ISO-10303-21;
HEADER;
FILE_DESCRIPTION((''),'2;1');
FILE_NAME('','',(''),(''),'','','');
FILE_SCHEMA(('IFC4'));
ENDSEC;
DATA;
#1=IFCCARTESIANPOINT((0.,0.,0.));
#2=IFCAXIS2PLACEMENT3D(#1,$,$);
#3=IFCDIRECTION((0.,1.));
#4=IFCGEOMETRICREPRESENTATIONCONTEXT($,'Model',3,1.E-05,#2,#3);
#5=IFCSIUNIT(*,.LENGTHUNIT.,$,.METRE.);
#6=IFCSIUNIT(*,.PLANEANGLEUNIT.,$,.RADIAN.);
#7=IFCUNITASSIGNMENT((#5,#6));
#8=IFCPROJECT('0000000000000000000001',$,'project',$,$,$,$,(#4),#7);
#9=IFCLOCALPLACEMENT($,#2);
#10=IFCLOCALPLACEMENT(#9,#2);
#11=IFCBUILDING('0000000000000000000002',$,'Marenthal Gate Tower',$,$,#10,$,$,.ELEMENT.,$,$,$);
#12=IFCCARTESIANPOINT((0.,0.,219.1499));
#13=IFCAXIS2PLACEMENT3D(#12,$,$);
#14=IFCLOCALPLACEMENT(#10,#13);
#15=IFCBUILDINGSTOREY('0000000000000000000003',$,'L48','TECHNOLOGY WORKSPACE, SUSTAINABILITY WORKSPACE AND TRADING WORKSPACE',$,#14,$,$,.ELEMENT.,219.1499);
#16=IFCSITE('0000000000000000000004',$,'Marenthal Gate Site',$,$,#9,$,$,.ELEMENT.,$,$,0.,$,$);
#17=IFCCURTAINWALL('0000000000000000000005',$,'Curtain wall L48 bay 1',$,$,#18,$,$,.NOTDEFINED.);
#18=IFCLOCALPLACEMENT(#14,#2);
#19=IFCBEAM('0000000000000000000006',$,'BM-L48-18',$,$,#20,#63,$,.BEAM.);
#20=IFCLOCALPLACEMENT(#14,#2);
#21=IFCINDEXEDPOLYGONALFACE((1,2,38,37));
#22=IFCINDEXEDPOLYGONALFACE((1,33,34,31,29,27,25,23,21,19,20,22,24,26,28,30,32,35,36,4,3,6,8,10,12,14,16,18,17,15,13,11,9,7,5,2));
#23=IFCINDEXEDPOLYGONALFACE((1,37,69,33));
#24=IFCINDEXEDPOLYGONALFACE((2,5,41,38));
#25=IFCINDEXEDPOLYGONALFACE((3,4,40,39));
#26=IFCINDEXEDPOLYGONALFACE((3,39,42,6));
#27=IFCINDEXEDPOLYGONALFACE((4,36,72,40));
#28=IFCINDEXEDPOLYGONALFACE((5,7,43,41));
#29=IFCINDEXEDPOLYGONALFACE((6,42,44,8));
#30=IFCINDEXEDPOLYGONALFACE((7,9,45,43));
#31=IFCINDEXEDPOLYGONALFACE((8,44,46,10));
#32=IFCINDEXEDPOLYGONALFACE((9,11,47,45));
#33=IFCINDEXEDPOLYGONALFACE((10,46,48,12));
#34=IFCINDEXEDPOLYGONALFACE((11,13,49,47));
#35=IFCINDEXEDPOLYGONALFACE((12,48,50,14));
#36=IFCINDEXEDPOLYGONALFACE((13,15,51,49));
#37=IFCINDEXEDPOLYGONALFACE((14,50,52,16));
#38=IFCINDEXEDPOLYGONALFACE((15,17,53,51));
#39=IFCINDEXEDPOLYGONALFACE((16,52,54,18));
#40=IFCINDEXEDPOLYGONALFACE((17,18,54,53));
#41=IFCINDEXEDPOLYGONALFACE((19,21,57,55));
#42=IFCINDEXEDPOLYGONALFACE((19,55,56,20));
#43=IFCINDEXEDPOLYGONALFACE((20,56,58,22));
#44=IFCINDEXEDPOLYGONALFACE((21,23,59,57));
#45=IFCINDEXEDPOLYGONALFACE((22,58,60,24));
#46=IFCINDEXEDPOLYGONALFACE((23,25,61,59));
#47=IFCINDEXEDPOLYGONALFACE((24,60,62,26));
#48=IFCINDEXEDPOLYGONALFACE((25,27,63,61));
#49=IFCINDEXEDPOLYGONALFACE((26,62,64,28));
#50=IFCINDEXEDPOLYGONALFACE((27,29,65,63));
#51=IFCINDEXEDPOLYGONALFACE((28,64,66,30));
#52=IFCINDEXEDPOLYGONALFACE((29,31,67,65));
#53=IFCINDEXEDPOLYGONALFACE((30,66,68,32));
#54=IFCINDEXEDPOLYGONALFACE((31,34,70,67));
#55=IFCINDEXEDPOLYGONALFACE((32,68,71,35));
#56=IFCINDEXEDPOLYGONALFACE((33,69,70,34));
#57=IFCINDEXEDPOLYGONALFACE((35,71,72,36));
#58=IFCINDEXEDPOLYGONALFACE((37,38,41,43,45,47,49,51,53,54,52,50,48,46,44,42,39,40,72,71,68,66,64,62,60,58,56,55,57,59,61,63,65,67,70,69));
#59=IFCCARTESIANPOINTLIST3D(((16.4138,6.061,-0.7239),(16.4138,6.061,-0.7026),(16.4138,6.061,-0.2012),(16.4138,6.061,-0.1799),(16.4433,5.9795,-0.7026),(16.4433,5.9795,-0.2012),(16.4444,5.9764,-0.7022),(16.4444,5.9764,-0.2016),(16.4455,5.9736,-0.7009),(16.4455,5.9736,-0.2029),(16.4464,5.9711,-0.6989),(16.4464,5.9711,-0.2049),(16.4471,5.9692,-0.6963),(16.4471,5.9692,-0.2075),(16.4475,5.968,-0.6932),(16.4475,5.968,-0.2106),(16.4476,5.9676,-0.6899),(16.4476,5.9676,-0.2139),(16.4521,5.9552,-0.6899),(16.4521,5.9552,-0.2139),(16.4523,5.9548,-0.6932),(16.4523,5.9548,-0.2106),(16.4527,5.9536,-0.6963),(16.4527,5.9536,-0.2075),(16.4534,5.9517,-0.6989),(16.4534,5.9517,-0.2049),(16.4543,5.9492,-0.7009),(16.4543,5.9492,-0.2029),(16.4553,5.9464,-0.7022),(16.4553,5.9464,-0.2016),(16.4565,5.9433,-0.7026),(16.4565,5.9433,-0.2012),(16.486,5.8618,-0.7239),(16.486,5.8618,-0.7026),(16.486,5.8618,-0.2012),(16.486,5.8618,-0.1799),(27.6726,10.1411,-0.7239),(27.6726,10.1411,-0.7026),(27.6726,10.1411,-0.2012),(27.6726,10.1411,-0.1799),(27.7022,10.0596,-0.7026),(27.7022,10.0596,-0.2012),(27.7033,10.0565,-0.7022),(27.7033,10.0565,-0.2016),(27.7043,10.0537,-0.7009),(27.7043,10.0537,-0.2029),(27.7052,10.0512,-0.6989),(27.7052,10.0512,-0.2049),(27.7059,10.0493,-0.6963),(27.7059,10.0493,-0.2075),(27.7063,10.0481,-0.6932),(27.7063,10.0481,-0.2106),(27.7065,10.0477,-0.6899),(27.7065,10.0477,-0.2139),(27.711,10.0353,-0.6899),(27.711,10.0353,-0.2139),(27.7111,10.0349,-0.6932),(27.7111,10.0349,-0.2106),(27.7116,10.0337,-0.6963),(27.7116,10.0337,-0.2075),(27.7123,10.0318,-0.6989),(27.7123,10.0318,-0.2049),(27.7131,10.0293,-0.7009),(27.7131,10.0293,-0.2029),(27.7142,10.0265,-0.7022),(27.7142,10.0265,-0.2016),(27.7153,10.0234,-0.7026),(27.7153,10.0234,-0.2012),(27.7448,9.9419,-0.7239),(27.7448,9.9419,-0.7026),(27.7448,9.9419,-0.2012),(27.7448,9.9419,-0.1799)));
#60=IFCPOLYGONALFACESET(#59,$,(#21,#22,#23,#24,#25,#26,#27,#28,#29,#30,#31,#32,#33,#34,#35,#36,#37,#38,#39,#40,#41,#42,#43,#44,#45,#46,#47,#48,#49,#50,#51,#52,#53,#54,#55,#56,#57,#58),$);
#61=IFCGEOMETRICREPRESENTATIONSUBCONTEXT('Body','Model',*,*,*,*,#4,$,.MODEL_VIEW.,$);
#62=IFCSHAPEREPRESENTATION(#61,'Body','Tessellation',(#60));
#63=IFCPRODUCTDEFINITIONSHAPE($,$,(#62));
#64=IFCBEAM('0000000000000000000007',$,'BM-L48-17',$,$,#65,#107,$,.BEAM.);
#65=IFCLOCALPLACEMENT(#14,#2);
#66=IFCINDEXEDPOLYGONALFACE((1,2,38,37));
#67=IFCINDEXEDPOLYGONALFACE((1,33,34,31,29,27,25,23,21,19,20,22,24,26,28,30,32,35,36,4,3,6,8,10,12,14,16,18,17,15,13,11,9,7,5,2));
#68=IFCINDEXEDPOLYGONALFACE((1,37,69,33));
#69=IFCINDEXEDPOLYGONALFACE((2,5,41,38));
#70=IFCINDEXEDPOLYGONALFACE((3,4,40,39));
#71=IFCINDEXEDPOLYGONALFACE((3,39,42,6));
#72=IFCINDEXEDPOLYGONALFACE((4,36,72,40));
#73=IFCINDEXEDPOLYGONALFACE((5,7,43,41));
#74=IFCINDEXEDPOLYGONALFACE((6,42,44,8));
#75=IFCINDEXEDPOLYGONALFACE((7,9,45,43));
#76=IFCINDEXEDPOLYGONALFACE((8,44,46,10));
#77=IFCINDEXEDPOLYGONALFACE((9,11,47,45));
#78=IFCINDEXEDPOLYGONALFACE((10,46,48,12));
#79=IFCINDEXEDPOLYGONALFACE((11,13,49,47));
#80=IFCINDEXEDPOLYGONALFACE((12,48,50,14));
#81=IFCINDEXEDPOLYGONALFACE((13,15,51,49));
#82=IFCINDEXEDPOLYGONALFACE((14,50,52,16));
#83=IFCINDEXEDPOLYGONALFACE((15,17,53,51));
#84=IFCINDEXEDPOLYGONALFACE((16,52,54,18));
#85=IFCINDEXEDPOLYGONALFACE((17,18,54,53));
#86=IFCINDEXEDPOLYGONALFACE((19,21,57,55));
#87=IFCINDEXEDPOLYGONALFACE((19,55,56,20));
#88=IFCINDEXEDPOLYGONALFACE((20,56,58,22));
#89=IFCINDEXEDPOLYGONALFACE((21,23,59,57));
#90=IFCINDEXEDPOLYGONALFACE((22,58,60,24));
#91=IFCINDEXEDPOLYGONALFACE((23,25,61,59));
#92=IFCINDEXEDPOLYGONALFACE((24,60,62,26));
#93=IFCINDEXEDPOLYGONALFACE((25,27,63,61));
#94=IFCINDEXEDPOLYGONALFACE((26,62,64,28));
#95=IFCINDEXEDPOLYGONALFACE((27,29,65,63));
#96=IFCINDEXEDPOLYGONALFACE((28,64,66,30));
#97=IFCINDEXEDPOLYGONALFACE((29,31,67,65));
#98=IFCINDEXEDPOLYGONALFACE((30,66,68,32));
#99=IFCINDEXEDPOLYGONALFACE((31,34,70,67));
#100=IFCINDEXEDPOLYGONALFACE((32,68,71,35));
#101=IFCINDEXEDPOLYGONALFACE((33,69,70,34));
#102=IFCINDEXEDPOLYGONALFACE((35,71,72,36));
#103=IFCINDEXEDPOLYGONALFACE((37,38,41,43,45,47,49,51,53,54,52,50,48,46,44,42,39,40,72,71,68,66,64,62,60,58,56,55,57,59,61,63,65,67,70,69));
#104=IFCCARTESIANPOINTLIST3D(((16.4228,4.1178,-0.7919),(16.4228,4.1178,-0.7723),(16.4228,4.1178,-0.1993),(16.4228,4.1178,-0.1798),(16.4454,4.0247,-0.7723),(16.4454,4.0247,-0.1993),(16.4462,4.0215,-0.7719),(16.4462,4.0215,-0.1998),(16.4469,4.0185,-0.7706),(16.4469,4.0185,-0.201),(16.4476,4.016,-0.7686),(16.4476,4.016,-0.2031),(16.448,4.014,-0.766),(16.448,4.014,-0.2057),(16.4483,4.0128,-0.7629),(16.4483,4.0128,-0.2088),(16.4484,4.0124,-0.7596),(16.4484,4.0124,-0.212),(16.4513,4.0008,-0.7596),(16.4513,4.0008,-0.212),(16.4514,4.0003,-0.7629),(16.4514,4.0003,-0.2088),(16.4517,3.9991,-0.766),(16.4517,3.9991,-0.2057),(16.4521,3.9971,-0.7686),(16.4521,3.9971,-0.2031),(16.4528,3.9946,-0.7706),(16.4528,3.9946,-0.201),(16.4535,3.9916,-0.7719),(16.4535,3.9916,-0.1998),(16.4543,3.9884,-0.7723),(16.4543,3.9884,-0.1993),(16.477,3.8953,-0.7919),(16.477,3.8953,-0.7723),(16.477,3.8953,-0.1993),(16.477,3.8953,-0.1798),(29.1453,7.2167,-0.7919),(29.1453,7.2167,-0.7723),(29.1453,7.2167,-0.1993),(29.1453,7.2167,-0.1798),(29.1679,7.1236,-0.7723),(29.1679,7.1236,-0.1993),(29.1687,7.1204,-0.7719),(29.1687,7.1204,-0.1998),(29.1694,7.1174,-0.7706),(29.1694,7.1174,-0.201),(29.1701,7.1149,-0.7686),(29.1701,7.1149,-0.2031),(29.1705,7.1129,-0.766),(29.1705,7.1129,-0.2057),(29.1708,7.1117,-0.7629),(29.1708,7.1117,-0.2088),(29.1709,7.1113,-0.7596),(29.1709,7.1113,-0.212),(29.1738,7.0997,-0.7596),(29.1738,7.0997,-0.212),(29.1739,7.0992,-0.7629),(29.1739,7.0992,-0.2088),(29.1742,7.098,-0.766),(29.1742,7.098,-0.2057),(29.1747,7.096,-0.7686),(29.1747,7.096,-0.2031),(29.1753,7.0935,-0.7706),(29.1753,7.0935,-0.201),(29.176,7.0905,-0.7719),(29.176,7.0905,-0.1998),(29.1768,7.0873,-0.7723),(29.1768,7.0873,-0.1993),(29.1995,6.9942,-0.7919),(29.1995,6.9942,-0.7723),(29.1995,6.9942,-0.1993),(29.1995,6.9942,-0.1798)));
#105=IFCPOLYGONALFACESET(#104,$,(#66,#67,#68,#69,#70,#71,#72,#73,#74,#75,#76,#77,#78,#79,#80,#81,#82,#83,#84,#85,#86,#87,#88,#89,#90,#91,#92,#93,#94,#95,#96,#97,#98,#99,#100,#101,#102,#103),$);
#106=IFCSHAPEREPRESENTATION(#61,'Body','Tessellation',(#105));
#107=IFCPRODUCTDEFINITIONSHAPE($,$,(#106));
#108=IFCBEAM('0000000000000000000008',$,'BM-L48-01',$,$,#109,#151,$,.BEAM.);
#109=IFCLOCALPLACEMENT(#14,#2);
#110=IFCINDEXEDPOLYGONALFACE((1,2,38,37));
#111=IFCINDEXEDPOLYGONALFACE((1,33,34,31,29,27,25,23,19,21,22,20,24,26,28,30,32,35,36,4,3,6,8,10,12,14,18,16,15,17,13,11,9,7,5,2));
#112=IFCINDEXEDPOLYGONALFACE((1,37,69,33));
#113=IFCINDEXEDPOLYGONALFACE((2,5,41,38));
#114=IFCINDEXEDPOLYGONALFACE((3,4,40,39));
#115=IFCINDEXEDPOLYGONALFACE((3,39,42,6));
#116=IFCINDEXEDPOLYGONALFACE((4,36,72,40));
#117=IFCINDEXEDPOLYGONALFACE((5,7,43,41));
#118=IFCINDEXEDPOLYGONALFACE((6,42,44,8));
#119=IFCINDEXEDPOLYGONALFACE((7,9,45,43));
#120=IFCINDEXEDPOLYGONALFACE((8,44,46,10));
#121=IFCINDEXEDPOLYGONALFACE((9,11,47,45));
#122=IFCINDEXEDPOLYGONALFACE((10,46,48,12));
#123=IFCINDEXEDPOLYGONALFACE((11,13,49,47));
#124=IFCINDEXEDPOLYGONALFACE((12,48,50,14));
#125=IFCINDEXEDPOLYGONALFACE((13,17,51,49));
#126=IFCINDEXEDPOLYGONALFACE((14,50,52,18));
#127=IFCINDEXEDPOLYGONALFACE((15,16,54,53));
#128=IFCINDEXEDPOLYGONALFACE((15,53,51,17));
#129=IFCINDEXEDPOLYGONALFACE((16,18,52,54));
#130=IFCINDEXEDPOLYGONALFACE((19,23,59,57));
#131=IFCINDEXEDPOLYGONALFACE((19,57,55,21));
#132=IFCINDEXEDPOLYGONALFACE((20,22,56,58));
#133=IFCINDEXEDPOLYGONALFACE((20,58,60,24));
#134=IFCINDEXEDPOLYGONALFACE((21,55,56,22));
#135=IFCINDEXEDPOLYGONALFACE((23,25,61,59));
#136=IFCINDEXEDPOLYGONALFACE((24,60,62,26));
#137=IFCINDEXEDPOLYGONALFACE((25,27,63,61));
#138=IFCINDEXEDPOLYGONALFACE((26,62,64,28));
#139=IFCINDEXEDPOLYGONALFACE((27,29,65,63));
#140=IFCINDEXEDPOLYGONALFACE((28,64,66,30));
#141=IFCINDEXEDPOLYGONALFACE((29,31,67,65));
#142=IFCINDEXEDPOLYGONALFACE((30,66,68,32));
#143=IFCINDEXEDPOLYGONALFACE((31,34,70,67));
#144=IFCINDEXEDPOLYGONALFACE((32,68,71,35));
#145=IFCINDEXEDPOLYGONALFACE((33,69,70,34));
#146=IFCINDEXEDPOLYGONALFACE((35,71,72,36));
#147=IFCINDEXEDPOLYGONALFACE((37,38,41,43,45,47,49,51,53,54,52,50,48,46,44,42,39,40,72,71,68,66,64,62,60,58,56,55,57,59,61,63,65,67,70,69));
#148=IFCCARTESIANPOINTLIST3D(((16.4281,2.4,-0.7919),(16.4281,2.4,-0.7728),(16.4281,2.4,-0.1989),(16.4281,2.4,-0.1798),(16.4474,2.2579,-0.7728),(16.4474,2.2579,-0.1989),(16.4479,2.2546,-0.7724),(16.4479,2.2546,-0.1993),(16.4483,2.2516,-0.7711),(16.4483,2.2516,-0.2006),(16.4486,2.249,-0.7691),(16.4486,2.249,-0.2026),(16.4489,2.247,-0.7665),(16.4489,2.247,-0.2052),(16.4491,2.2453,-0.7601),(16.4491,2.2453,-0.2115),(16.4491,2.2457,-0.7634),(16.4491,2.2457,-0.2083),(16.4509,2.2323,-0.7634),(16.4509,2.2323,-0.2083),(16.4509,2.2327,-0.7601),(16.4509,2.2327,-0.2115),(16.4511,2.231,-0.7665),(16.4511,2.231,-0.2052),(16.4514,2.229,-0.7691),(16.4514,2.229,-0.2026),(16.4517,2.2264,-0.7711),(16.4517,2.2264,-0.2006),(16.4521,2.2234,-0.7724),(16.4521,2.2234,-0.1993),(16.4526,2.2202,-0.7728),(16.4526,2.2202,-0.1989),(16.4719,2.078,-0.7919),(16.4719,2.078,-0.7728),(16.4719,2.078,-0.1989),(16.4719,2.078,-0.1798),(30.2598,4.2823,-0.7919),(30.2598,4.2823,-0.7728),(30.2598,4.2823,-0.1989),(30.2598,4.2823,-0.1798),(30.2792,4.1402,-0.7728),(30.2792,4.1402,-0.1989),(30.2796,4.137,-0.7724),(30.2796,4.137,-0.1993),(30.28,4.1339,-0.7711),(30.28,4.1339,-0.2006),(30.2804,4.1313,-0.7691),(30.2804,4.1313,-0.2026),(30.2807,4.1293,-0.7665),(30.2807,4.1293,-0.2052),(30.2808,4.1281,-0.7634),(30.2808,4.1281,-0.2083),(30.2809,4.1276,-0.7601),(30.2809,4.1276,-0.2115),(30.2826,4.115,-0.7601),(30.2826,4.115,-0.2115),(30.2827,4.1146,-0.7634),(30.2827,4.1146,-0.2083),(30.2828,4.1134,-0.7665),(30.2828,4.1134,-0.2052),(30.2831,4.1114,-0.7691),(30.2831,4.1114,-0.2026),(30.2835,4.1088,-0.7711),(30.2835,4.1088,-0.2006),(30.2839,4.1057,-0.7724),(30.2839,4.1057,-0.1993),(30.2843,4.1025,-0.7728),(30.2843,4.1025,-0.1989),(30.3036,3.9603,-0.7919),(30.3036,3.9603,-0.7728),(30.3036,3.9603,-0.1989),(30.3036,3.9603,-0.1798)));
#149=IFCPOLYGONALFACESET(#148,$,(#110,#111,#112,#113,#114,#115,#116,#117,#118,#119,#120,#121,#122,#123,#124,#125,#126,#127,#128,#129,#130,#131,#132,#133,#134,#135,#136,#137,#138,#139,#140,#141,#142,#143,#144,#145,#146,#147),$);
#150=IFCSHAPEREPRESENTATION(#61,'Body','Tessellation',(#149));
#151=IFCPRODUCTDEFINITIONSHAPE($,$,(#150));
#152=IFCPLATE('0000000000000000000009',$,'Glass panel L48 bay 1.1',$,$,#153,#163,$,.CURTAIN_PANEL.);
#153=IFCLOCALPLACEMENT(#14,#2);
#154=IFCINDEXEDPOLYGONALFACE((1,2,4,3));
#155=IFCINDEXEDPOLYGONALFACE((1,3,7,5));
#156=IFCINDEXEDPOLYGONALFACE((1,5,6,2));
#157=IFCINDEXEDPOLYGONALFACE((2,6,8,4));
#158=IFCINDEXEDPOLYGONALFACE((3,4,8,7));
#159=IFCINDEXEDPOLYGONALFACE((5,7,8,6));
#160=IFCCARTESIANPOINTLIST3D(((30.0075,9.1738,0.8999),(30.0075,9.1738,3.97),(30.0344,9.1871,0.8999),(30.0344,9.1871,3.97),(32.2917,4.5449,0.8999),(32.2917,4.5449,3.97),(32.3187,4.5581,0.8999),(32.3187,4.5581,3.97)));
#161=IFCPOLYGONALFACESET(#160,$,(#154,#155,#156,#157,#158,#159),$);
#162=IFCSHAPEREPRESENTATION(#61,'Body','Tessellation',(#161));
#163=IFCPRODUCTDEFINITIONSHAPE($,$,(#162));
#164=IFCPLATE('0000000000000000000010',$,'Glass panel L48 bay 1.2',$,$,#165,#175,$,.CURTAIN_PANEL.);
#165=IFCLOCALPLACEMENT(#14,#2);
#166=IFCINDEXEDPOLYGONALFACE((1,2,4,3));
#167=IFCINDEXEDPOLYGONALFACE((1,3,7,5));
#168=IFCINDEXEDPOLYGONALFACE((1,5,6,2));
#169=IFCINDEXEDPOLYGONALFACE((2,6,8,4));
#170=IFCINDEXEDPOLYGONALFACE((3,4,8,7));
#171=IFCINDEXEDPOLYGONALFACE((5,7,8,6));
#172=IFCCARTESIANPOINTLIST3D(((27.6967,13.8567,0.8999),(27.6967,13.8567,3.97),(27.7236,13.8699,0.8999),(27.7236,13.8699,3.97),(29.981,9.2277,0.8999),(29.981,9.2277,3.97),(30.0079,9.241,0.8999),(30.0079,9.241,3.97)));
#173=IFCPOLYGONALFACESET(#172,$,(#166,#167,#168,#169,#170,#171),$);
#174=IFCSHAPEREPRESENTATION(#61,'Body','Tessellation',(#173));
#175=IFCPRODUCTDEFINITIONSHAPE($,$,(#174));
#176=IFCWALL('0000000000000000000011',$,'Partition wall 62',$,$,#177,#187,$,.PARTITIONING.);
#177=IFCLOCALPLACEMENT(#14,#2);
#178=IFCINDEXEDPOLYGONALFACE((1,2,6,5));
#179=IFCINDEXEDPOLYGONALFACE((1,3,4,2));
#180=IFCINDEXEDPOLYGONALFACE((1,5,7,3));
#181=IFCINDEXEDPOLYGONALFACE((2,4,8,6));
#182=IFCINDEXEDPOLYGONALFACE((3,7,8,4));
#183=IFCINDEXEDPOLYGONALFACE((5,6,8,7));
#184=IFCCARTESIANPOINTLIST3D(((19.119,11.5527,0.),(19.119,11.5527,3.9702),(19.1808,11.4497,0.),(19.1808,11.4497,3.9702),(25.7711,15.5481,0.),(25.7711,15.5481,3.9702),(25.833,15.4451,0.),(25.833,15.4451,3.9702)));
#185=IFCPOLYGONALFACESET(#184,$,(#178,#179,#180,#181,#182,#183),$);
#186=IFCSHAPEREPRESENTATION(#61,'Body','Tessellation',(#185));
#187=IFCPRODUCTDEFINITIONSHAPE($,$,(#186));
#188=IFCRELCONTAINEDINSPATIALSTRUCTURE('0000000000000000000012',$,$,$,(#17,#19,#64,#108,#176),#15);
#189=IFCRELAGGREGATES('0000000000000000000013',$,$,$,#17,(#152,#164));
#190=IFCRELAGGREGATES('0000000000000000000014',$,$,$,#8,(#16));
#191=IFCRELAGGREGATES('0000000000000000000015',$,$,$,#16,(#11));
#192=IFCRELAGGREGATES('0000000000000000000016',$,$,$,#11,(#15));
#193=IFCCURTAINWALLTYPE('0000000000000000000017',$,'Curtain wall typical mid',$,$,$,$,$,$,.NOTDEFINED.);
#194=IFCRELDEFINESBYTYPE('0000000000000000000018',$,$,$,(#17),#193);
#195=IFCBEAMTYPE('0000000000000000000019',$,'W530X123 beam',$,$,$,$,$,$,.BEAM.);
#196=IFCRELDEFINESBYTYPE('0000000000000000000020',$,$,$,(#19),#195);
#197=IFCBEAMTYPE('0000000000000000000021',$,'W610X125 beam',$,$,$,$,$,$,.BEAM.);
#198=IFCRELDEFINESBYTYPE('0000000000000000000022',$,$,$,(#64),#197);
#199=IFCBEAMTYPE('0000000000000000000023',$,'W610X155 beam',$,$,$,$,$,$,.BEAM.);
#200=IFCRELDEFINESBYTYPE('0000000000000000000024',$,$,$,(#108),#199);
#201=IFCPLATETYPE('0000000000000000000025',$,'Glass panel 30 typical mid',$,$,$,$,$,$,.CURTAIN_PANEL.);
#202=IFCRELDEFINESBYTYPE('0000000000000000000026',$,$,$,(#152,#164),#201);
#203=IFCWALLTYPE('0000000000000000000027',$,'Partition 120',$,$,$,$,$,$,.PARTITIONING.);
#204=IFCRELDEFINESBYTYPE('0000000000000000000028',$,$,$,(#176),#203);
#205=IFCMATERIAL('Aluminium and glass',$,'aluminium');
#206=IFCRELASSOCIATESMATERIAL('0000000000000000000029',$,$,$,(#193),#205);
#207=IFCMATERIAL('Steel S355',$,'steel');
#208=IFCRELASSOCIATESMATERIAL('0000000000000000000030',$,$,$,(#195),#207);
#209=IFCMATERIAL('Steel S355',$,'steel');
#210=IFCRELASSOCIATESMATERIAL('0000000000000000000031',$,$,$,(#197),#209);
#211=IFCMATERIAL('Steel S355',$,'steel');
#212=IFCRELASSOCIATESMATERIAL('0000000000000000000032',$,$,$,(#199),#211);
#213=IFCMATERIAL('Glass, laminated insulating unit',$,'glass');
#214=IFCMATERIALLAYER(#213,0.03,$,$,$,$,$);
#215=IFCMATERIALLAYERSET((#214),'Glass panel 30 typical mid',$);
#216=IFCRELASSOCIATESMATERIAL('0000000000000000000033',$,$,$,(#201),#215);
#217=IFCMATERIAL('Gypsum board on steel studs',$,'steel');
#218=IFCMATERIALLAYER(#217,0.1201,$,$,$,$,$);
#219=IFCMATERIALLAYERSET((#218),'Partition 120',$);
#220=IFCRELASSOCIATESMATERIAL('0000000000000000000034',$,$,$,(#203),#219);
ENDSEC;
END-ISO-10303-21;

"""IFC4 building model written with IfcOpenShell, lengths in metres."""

from ifc_helpers import new_model, si_unit, direction, frame, frame_2d, origin, origin_2d, place, context, subcontext, project, spatial, rectangle, i_section, extrude, material, layer, layer_set, material_profile, profile_set, type_object, element, aggregate, save


model = new_model("IFC4")

# Units and contexts
model_context = context("Model", 3, precision=1e-05, world=origin(), true_north=direction((0.0, 1.0)))
body_context = subcontext(model_context, "Body", "Model", "MODEL_VIEW")
ifc_project = project(units=[si_unit("LENGTHUNIT", "METRE"), si_unit("PLANEANGLEUNIT", "RADIAN")], contexts=[model_context])

# Site, building, storey
site_placement = place(None, origin())
site = spatial("IfcSite", under=ifc_project, at=site_placement, Name="Marenthal Gate Site", CompositionType="ELEMENT", RefElevation=0.0)
building_placement = place(site_placement, origin())
building = spatial("IfcBuilding", under=site, at=building_placement, Name="Marenthal Gate Tower", CompositionType="ELEMENT")
storey_placement = place(building_placement, frame((0.0, 0.0, 219.1499)))
storey = spatial("IfcBuildingStorey", under=building, at=storey_placement, Name="L48", Description="TECHNOLOGY WORKSPACE, SUSTAINABILITY WORKSPACE AND TRADING WORKSPACE", CompositionType="ELEMENT", Elevation=219.1499)

# Curtain wall
ifc_material_1 = material(Name="Aluminium and glass", Category="aluminium")
curtain_wall_type = type_object("IfcCurtainWallType", Name="Curtain wall typical mid", PredefinedType="NOTDEFINED", material=ifc_material_1)
curtain_wall_placement = place(storey_placement, origin())
curtain_wall = element("IfcCurtainWall", 1, at=curtain_wall_placement, inside=storey, type_object=curtain_wall_type, Name="Curtain wall L48 bay 1", PredefinedType="NOTDEFINED")

# Beams
ifc_material_2 = material(Name="Steel S355", Category="steel")
ifc_material_profile_1 = material_profile(ifc_material_2, i_section(OverallWidth=0.2119, OverallDepth=0.5439, WebThickness=0.0132, FlangeThickness=0.0212, FilletRadius=0.0127, at=origin_2d()), Name="W530X123")
ifc_profile_set_1 = profile_set([ifc_material_profile_1], Name="Steel S355")
beam_type_1 = type_object("IfcBeamType", Name="W530X123 beam", PredefinedType="BEAM", material=ifc_profile_set_1)
beam_1_placement = place(storey_placement, frame((27.7087, 10.0415, -0.4519), z_axis=(-0.940169, -0.340708, 0.0), x_axis=(0.340708, -0.940169, 0.0)))
element("IfcBeam", 2, at=beam_1_placement, inside=storey, type_object=beam_type_1, Name="BM-L48-18", PredefinedType="BEAM", context=body_context, shape_type="SweptSolid", body=[
    extrude(i_section(OverallWidth=0.2119, OverallDepth=0.5439, WebThickness=0.0132, FlangeThickness=0.0212, FilletRadius=0.0127, at=origin_2d()), origin(), (0.0, 0.0, 1.0), 11.9753),
])
ifc_material_3 = material(Name="Steel S355", Category="steel")
ifc_material_profile_2 = material_profile(ifc_material_3, i_section(OverallWidth=0.229, OverallDepth=0.6121, WebThickness=0.012, FlangeThickness=0.0195, FilletRadius=0.0127, at=origin_2d()), Name="W610X125")
ifc_profile_set_2 = profile_set([ifc_material_profile_2], Name="Steel S355")
beam_type_2 = type_object("IfcBeamType", Name="W610X125 beam", PredefinedType="BEAM", material=ifc_profile_set_2)
beam_2_placement = place(storey_placement, frame((29.1724, 7.1055, -0.4858), z_axis=(-0.971593, -0.236657, 0.0), x_axis=(0.236657, -0.971593, 0.0)))
element("IfcBeam", 3, at=beam_2_placement, inside=storey, type_object=beam_type_2, Name="BM-L48-17", PredefinedType="BEAM", context=body_context, shape_type="SweptSolid", body=[
    extrude(i_section(OverallWidth=0.229, OverallDepth=0.6121, WebThickness=0.012, FlangeThickness=0.0195, FilletRadius=0.0127, at=origin_2d()), origin(), (0.0, 0.0, 1.0), 13.0945),
])
ifc_material_4 = material(Name="Steel S355", Category="steel")
ifc_material_profile_3 = material_profile(ifc_material_4, i_section(OverallWidth=0.325, OverallDepth=0.6121, WebThickness=0.0127, FlangeThickness=0.019, FilletRadius=0.0127, at=origin_2d()), Name="W610X155")
ifc_profile_set_3 = profile_set([ifc_material_profile_3], Name="Steel S355")
beam_type_3 = type_object("IfcBeamType", Name="W610X155 beam", PredefinedType="BEAM", material=ifc_profile_set_3)
beam_3_placement = place(storey_placement, frame((30.2817, 4.1213, -0.4858), z_axis=(-0.990867, -0.134844, 0.0), x_axis=(0.134844, -0.990867, 0.0)))
element("IfcBeam", 4, at=beam_3_placement, inside=storey, type_object=beam_type_3, Name="BM-L48-01", PredefinedType="BEAM", context=body_context, shape_type="SweptSolid", body=[
    extrude(i_section(OverallWidth=0.325, OverallDepth=0.6121, WebThickness=0.0127, FlangeThickness=0.019, FilletRadius=0.0127, at=origin_2d()), origin(), (0.0, 0.0, 1.0), 13.9592),
])

# Plates
ifc_material_5 = material(Name="Glass, laminated insulating unit", Category="glass")
ifc_layer_1 = layer(ifc_material_5, 0.03)
ifc_layer_set_1 = layer_set([ifc_layer_1], Name="Glass panel 30 typical mid")
plate_type = type_object("IfcPlateType", Name="Glass panel 30 typical mid", PredefinedType="CURTAIN_PANEL", material=ifc_layer_set_1)
plate_1_placement = place(storey_placement, frame((31.1631, 6.866, 0.8999), z_axis=(0.0, 0.0, 1.0), x_axis=(-0.442523, 0.896757, 0.0)))
plate_1 = element("IfcPlate", 5, at=plate_1_placement, type_object=plate_type, Name="Glass panel L48 bay 1.1", PredefinedType="CURTAIN_PANEL", context=body_context, shape_type="SweptSolid", body=[
    extrude(rectangle(XDim=5.1619, YDim=0.03, at=origin_2d()), origin(), (0.0, 0.0, 1.0), 3.0701),
])
plate_2_placement = place(storey_placement, frame((28.8523, 11.5488, 0.8999), z_axis=(0.0, 0.0, 1.0), x_axis=(-0.442523, 0.896757, 0.0)))
plate_2 = element("IfcPlate", 6, at=plate_2_placement, type_object=plate_type, Name="Glass panel L48 bay 1.2", PredefinedType="CURTAIN_PANEL", context=body_context, shape_type="SweptSolid", body=[
    extrude(rectangle(XDim=5.1619, YDim=0.03, at=origin_2d()), origin(), (0.0, 0.0, 1.0), 3.0701),
])
aggregate(curtain_wall, [plate_1, plate_2])

# Wall
ifc_material_6 = material(Name="Gypsum board on steel studs", Category="steel")
ifc_layer_2 = layer(ifc_material_6, 0.1201)
ifc_layer_set_2 = layer_set([ifc_layer_2], Name="Partition 120")
wall_type_1 = type_object("IfcWallType", Name="Partition 120", PredefinedType="PARTITIONING", material=ifc_layer_set_2)
wall_1_placement = place(storey_placement, frame((19.1499, 11.5012, 0.0), z_axis=(0.0, 0.0, 1.0), x_axis=(0.85726, 0.514884, 0.0)))
element("IfcWall", 7, at=wall_1_placement, inside=storey, type_object=wall_type_1, Name="Partition wall 62", PredefinedType="PARTITIONING", context=body_context, shape_type="SweptSolid", body=[
    extrude(rectangle(XDim=7.7598, YDim=0.1201, at=frame_2d((3.8799, 0.0))), origin(), (0.0, 0.0, 1.0), 3.9702),
])

save(model, "model.ifc")
